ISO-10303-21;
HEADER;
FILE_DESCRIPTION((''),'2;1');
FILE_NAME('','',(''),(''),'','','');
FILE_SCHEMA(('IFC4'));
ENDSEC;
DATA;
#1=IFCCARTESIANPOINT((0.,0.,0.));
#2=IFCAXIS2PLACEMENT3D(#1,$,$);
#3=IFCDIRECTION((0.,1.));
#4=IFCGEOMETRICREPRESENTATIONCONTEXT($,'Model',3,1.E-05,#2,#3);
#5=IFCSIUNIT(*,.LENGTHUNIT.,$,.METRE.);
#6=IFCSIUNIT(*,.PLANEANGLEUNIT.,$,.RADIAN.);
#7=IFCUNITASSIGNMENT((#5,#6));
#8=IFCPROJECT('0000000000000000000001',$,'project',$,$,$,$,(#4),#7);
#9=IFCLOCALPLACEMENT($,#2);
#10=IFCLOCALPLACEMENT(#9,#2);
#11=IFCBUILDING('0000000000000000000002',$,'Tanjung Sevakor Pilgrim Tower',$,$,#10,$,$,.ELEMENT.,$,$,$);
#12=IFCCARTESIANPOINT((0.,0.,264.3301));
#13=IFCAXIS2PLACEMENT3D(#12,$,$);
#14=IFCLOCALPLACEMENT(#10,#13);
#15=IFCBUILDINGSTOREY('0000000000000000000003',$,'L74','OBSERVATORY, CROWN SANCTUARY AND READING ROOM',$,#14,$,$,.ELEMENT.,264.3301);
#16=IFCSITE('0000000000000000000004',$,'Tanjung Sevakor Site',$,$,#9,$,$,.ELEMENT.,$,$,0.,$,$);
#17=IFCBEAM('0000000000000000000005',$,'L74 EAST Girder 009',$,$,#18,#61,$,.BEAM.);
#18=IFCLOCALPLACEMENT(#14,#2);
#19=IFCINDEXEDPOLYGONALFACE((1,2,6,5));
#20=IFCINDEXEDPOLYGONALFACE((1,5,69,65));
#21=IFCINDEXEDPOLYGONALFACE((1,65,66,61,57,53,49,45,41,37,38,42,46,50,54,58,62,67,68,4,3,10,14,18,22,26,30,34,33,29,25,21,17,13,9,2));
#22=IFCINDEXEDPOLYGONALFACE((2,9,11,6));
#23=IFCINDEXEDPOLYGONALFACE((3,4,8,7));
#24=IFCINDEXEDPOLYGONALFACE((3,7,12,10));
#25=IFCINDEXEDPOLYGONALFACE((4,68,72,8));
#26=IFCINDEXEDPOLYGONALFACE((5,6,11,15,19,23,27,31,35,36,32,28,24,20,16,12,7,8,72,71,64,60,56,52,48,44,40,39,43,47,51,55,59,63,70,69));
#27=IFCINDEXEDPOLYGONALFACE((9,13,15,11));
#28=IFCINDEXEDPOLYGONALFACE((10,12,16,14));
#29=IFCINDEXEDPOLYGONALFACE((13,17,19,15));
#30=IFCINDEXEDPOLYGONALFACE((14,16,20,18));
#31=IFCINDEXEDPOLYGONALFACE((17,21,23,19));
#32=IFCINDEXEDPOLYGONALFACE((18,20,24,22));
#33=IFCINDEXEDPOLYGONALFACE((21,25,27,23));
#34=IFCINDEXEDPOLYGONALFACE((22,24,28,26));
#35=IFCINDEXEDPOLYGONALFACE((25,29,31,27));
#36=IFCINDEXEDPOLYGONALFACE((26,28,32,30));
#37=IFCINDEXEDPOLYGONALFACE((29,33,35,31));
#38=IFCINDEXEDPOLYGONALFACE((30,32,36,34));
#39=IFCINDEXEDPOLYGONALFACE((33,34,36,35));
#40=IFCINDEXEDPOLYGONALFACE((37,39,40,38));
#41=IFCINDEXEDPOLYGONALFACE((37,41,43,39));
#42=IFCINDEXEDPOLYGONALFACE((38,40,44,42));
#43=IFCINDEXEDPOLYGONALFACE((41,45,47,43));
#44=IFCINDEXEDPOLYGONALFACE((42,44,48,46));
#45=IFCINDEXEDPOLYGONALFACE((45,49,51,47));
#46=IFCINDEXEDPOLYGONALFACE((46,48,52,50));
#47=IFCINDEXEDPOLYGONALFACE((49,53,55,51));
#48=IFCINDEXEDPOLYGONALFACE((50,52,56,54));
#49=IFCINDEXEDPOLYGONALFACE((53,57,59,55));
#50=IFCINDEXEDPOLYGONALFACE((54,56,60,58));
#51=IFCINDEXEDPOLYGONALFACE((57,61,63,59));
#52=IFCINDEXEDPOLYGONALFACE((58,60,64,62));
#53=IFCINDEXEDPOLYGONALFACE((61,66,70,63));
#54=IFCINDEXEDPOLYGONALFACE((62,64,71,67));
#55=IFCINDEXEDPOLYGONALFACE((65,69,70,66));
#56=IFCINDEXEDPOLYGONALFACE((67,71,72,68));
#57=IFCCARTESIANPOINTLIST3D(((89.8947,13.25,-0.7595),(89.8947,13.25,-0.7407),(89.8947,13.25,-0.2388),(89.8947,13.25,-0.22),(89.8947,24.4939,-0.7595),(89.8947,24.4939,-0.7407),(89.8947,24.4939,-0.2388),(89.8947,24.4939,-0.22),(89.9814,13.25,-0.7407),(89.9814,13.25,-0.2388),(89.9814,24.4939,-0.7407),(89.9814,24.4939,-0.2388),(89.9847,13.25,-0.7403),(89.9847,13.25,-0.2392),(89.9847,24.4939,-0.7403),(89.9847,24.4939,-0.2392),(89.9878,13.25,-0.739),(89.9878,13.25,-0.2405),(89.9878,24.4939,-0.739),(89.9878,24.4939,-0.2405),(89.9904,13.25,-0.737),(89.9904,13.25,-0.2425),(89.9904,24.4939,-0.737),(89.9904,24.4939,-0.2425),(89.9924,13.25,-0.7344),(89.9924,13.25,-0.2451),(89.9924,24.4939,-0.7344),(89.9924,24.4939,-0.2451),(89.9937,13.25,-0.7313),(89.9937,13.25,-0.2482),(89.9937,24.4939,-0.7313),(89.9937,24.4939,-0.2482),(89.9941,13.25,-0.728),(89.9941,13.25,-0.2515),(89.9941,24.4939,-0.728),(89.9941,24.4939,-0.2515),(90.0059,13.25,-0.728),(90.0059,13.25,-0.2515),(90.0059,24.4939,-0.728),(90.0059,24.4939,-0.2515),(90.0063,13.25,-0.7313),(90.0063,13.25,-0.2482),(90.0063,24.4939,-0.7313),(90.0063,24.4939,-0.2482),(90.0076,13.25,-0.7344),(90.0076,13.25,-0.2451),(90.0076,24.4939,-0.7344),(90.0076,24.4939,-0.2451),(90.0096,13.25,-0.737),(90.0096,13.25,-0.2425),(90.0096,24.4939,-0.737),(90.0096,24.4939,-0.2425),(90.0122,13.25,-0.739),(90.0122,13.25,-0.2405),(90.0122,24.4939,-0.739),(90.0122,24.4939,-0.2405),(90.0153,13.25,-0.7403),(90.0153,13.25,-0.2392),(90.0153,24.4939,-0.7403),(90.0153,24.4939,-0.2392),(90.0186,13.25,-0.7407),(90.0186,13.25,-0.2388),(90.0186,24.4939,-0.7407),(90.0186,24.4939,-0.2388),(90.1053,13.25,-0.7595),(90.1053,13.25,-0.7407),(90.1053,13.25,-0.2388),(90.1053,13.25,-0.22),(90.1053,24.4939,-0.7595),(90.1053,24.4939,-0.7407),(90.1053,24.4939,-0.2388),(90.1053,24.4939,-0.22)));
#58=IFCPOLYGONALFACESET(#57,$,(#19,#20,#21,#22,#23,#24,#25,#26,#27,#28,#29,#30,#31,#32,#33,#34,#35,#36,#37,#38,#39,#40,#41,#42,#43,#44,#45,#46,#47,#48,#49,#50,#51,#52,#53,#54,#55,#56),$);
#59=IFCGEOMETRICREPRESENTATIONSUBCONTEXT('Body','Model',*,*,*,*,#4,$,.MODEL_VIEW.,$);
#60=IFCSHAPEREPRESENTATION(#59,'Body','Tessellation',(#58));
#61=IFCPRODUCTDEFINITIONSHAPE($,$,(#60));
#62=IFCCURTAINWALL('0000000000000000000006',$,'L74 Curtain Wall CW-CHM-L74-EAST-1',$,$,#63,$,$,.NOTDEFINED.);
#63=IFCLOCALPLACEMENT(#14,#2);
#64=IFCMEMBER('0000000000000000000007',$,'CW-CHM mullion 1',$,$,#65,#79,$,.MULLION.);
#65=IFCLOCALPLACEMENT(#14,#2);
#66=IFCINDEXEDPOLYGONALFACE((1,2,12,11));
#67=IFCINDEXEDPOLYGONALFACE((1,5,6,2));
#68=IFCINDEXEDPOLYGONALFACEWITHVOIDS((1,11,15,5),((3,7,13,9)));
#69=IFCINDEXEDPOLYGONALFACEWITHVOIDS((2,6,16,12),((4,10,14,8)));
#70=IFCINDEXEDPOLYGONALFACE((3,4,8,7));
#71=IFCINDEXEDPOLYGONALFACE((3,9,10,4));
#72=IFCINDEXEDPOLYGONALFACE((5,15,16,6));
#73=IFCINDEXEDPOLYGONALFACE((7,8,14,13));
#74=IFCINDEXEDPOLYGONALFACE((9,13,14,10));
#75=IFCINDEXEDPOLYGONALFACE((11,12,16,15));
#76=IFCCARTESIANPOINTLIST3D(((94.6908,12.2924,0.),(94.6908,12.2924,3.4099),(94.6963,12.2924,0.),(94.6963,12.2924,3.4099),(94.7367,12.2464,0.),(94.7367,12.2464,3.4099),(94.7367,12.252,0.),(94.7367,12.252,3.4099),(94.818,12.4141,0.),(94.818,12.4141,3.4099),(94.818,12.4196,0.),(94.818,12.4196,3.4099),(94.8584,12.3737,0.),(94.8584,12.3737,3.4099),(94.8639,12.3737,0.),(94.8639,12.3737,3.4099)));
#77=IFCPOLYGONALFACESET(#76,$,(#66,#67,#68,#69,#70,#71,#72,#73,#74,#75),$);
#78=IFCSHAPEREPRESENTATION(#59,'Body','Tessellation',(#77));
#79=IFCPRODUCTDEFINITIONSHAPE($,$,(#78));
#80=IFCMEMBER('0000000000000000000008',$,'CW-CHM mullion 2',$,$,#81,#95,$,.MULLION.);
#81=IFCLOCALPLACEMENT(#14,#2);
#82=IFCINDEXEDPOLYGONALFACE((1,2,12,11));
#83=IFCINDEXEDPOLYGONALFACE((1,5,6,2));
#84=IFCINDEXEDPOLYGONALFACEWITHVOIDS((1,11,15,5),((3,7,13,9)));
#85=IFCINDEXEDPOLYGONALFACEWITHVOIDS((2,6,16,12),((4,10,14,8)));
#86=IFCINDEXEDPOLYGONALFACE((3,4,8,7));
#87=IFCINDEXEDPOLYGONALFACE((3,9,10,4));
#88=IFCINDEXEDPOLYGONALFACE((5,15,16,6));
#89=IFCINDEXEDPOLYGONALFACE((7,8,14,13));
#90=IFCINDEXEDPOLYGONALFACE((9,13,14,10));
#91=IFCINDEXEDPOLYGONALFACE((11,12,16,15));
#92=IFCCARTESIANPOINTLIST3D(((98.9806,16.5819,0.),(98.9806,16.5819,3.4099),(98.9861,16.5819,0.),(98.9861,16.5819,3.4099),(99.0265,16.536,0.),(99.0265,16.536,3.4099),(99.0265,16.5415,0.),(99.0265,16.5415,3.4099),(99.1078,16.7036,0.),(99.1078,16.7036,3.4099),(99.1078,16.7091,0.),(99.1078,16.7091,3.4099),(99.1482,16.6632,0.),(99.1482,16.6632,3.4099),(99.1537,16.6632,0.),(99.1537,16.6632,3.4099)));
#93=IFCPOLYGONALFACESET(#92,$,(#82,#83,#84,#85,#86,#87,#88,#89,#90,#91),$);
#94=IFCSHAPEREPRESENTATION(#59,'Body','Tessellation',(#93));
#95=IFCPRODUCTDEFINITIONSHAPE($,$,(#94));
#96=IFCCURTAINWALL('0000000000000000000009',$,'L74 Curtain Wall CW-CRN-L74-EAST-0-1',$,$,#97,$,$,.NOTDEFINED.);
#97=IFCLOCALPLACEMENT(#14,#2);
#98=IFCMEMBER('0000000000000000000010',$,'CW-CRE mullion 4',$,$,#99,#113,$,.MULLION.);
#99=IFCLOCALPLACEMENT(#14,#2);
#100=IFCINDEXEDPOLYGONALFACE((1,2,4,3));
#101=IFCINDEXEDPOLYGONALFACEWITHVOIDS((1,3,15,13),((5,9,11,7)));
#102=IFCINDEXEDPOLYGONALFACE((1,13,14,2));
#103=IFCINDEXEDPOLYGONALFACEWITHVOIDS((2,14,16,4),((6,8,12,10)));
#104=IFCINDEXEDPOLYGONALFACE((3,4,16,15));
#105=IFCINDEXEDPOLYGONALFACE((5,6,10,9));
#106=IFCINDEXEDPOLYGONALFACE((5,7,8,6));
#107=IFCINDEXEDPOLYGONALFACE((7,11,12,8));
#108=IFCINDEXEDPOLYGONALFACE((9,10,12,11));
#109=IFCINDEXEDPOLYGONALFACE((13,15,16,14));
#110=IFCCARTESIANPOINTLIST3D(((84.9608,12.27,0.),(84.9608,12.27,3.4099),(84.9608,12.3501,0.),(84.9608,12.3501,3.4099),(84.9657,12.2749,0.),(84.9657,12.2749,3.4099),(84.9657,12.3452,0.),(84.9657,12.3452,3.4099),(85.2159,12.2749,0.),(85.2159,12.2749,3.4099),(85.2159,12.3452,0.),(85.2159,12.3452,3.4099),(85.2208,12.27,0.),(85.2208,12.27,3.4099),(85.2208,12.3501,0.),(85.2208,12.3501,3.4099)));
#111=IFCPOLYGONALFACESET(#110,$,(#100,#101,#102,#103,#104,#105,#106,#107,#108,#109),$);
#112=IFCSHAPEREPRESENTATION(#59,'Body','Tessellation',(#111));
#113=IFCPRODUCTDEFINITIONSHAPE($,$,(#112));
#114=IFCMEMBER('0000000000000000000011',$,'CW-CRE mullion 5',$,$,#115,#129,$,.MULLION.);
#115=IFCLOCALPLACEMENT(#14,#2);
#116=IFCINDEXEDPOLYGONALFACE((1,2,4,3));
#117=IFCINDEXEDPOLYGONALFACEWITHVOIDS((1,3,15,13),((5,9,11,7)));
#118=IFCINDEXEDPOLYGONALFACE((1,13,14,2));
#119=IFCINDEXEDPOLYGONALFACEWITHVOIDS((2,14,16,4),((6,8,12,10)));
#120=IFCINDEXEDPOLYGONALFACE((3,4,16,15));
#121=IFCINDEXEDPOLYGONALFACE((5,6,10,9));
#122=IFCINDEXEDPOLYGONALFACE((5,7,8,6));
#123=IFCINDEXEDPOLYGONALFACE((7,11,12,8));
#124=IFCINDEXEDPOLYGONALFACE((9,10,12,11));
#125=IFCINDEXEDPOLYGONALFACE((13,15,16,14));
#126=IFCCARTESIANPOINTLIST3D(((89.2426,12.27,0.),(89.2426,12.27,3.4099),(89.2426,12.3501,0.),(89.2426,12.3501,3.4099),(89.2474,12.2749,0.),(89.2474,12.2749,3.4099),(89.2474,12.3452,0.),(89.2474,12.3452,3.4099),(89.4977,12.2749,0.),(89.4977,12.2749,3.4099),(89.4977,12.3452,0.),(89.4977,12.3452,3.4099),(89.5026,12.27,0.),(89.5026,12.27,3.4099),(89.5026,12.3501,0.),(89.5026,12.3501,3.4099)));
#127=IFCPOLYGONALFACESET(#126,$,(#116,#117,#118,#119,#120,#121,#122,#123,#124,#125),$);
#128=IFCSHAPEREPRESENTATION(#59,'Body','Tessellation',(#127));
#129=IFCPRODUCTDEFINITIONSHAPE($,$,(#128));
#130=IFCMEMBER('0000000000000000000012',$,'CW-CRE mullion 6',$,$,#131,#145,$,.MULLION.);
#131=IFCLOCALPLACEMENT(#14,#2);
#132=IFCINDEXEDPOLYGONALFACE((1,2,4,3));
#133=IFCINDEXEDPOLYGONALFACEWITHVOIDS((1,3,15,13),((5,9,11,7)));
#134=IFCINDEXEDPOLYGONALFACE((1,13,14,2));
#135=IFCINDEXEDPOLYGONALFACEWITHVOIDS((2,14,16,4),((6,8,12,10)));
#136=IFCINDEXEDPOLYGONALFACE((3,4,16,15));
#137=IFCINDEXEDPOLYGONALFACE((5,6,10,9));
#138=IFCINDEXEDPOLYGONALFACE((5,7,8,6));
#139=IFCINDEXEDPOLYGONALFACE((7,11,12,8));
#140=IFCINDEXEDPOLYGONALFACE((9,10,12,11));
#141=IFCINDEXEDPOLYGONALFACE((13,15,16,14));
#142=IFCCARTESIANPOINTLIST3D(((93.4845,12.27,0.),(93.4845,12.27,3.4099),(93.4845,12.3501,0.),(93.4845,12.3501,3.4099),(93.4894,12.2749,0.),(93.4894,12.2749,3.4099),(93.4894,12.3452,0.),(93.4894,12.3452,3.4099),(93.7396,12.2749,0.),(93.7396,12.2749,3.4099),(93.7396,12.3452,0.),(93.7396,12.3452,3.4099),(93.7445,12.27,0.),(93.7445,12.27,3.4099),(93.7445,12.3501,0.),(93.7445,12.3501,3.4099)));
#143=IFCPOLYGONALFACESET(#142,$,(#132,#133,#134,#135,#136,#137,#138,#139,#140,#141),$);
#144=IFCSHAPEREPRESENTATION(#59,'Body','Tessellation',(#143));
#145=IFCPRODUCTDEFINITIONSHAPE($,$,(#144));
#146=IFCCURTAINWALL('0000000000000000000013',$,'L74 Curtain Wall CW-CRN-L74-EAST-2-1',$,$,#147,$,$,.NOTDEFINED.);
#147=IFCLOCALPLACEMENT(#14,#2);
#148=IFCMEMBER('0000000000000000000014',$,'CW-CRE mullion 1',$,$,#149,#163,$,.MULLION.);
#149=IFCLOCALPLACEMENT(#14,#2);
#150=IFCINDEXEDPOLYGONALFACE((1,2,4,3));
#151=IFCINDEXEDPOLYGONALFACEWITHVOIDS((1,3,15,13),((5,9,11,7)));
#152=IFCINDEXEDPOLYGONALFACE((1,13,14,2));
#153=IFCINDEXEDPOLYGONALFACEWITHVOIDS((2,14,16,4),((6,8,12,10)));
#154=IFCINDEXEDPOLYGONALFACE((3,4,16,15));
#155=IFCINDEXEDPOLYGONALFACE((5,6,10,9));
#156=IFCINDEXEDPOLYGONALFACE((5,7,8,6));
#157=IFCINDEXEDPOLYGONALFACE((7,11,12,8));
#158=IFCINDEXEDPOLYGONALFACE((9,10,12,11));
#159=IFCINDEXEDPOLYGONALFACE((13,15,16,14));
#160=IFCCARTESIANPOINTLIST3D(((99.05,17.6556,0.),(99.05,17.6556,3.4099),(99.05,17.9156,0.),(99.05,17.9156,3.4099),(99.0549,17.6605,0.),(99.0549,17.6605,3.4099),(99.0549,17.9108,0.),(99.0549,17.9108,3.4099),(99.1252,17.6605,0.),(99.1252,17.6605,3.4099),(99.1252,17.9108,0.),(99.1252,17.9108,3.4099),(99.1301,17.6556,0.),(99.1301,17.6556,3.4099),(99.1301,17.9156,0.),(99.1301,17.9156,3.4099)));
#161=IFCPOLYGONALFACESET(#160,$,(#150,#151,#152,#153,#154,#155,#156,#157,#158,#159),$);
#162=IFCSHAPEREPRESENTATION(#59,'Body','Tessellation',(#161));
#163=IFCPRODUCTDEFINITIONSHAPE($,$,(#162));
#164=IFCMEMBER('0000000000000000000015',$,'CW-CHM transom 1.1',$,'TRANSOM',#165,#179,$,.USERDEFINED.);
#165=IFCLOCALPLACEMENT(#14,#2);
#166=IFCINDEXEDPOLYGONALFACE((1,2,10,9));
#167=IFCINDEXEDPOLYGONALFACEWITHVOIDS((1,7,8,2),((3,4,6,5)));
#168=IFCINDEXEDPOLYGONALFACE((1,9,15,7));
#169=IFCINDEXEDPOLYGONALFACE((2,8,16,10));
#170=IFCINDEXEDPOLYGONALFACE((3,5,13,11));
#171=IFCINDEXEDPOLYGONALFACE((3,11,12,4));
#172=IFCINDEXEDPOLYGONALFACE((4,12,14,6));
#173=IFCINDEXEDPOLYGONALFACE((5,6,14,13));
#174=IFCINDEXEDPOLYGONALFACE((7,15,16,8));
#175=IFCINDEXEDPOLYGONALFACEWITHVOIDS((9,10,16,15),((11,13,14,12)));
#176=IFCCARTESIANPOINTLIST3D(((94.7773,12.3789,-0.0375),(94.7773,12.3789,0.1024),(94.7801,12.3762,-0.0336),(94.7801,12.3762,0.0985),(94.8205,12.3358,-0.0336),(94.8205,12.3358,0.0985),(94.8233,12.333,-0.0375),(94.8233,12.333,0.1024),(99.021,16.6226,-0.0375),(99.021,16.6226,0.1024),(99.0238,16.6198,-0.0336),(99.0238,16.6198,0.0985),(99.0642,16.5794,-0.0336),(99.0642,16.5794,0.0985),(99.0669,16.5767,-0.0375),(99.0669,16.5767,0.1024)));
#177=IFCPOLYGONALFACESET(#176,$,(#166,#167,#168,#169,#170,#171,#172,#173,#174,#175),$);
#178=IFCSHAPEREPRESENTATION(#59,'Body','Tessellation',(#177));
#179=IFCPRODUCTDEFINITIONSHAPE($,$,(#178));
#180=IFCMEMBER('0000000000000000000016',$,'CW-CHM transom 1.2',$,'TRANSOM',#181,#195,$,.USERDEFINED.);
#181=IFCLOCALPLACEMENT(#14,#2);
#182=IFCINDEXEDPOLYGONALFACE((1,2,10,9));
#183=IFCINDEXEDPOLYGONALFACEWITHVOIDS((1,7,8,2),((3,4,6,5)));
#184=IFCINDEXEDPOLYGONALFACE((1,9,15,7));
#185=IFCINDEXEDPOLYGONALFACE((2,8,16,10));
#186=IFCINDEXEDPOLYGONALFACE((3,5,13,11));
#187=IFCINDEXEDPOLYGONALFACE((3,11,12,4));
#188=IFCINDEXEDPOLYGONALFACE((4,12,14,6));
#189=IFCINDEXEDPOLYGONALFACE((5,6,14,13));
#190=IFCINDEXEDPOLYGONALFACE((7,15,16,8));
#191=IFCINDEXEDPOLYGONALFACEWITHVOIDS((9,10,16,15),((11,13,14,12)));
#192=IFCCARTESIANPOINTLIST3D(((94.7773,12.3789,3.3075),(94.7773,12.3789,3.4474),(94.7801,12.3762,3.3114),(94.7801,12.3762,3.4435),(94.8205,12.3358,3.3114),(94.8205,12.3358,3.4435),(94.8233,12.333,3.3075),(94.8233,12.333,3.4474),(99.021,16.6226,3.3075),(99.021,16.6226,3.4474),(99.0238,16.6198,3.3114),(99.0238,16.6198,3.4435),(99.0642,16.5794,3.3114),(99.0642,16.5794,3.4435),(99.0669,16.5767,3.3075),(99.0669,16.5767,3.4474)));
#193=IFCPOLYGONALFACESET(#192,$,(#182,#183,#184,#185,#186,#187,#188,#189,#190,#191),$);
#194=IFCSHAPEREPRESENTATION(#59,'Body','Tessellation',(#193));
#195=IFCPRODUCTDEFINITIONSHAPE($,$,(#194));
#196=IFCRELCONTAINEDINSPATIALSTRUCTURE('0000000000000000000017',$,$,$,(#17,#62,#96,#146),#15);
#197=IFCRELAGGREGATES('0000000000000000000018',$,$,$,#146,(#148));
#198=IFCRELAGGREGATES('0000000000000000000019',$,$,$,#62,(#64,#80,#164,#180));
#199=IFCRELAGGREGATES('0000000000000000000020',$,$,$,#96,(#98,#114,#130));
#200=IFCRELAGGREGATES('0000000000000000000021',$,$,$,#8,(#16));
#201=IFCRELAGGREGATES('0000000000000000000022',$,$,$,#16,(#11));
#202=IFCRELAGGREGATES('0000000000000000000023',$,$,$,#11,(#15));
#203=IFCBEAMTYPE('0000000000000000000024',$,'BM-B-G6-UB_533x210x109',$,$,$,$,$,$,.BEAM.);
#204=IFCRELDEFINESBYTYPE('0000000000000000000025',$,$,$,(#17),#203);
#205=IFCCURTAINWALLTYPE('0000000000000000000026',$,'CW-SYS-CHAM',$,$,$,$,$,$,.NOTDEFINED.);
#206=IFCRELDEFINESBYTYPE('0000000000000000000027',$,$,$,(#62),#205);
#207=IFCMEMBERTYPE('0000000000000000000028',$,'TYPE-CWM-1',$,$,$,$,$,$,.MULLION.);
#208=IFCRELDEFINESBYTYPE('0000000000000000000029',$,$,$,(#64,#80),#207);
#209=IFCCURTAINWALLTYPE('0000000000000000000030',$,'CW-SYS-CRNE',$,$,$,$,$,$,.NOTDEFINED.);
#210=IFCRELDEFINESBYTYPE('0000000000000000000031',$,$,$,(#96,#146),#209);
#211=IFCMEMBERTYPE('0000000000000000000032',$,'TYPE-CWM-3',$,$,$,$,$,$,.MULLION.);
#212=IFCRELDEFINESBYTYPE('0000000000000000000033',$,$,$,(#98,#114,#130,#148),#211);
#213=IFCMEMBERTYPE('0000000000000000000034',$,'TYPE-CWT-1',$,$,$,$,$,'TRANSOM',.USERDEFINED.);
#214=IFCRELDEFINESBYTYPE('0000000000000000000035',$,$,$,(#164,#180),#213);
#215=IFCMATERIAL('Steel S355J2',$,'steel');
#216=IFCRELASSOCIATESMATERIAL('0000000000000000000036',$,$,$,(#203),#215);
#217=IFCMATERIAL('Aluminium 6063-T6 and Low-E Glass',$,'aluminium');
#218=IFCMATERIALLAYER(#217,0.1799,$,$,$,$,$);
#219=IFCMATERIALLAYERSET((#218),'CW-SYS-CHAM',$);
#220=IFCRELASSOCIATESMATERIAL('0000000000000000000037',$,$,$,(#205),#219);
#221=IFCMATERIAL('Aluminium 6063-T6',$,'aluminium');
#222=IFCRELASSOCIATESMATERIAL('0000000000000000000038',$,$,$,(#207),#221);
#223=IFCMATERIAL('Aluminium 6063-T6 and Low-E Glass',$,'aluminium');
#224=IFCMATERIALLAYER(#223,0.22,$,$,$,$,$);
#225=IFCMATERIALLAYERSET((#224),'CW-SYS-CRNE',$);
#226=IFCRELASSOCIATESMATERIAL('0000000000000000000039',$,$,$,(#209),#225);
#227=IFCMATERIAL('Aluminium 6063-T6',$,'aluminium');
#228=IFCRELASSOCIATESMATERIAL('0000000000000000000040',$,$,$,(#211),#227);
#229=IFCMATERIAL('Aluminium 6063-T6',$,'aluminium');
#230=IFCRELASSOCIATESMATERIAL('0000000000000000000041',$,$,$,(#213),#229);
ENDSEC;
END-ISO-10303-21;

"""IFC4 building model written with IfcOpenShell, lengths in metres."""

from ifc_helpers import new_model, si_unit, direction, frame, origin, origin_2d, place, context, subcontext, project, spatial, hollow_rectangle, i_section, extrude, material, layer, layer_set, material_profile, profile_set, type_object, element, aggregate, save


model = new_model("IFC4")

# Units and contexts
model_context = context("Model", 3, precision=1e-05, world=origin(), true_north=direction((0.0, 1.0)))
body_context = subcontext(model_context, "Body", "Model", "MODEL_VIEW")
ifc_project = project(units=[si_unit("LENGTHUNIT", "METRE"), si_unit("PLANEANGLEUNIT", "RADIAN")], contexts=[model_context])

# Site, building, storey
site_placement = place(None, origin())
site = spatial("IfcSite", under=ifc_project, at=site_placement, Name="Tanjung Sevakor Site", CompositionType="ELEMENT", RefElevation=0.0)
building_placement = place(site_placement, origin())
building = spatial("IfcBuilding", under=site, at=building_placement, Name="Tanjung Sevakor Pilgrim Tower", CompositionType="ELEMENT")
storey_placement = place(building_placement, frame((0.0, 0.0, 264.3301)))
storey = spatial("IfcBuildingStorey", under=building, at=storey_placement, Name="L74", Description="OBSERVATORY, CROWN SANCTUARY AND READING ROOM", CompositionType="ELEMENT", Elevation=264.3301)

# Beam
ifc_material_1 = material(Name="Steel S355J2", Category="steel")
ifc_material_profile_1 = material_profile(ifc_material_1, i_section(OverallWidth=0.2107, OverallDepth=0.5396, WebThickness=0.0117, FlangeThickness=0.0188, FilletRadius=0.0127, at=origin_2d()))
ifc_profile_set_1 = profile_set([ifc_material_profile_1], Name="Steel S355J2")
beam_type_1 = type_object("IfcBeamType", Name="BM-B-G6-UB_533x210x109", PredefinedType="BEAM", material=ifc_profile_set_1)
beam_1_placement = place(storey_placement, frame((90.0, 13.25, -0.4897), z_axis=(0.0, 1.0, 0.0), x_axis=(-1.0, 0.0, 0.0)))
element("IfcBeam", 1, at=beam_1_placement, inside=storey, type_object=beam_type_1, Name="L74 EAST Girder 009", PredefinedType="BEAM", context=body_context, shape_type="SweptSolid", body=[
    extrude(i_section(OverallWidth=0.2107, OverallDepth=0.5396, WebThickness=0.0117, FlangeThickness=0.0188, FilletRadius=0.0127, at=origin_2d()), origin(), (0.0, 0.0, 1.0), 11.2439),
])

# Curtain walls, members
ifc_material_2 = material(Name="Aluminium 6063-T6 and Low-E Glass", Category="aluminium")
ifc_layer_1 = layer(ifc_material_2, 0.1799)
ifc_layer_set_1 = layer_set([ifc_layer_1], Name="CW-SYS-CHAM")
curtain_wall_type_1 = type_object("IfcCurtainWallType", Name="CW-SYS-CHAM", PredefinedType="NOTDEFINED", material=ifc_layer_set_1)
curtain_wall_1_placement = place(storey_placement, origin())
curtain_wall_1 = element("IfcCurtainWall", 2, at=curtain_wall_1_placement, inside=storey, type_object=curtain_wall_type_1, Name="L74 Curtain Wall CW-CHM-L74-EAST-1", PredefinedType="NOTDEFINED")
ifc_material_3 = material(Name="Aluminium 6063-T6", Category="aluminium")
ifc_material_profile_2 = material_profile(ifc_material_3, hollow_rectangle(XDim=0.0649, YDim=0.1799, WallThickness=0.0039, at=origin_2d()))
ifc_profile_set_2 = profile_set([ifc_material_profile_2], Name="Aluminium 6063-T6")
member_type_1 = type_object("IfcMemberType", Name="TYPE-CWM-1", PredefinedType="MULLION", material=ifc_profile_set_2)
member_1_placement = place(storey_placement, frame((94.7773, 12.333, 0.0), z_axis=(0.0, 0.0, 1.0), x_axis=(-0.707107, 0.707107, 0.0)))
member_1 = element("IfcMember", 3, at=member_1_placement, type_object=member_type_1, Name="CW-CHM mullion 1", PredefinedType="MULLION", context=body_context, shape_type="SweptSolid", body=[
    extrude(hollow_rectangle(XDim=0.0649, YDim=0.1799, WallThickness=0.0039, at=origin_2d()), origin(), (0.0, 0.0, 1.0), 3.4099),
])
member_2_placement = place(storey_placement, frame((99.0671, 16.6226, 0.0), z_axis=(0.0, 0.0, 1.0), x_axis=(-0.707107, 0.707107, 0.0)))
member_2 = element("IfcMember", 4, at=member_2_placement, type_object=member_type_1, Name="CW-CHM mullion 2", PredefinedType="MULLION", context=body_context, shape_type="SweptSolid", body=[
    extrude(hollow_rectangle(XDim=0.0649, YDim=0.1799, WallThickness=0.0039, at=origin_2d()), origin(), (0.0, 0.0, 1.0), 3.4099),
])
ifc_material_4 = material(Name="Aluminium 6063-T6 and Low-E Glass", Category="aluminium")
ifc_layer_2 = layer(ifc_material_4, 0.22)
ifc_layer_set_2 = layer_set([ifc_layer_2], Name="CW-SYS-CRNE")
curtain_wall_type_2 = type_object("IfcCurtainWallType", Name="CW-SYS-CRNE", PredefinedType="NOTDEFINED", material=ifc_layer_set_2)
curtain_wall_2_placement = place(storey_placement, origin())
curtain_wall_2 = element("IfcCurtainWall", 5, at=curtain_wall_2_placement, inside=storey, type_object=curtain_wall_type_2, Name="L74 Curtain Wall CW-CRN-L74-EAST-0-1", PredefinedType="NOTDEFINED")
ifc_material_5 = material(Name="Aluminium 6063-T6", Category="aluminium")
ifc_material_profile_3 = material_profile(ifc_material_5, hollow_rectangle(XDim=0.0801, YDim=0.26, WallThickness=0.0049, at=origin_2d()))
ifc_profile_set_3 = profile_set([ifc_material_profile_3], Name="Aluminium 6063-T6")
member_type_2 = type_object("IfcMemberType", Name="TYPE-CWM-3", PredefinedType="MULLION", material=ifc_profile_set_3)
member_3_placement = place(storey_placement, frame((85.0908, 12.3101, 0.0), z_axis=(0.0, 0.0, 1.0), x_axis=(0.0, 1.0, 0.0)))
member_3 = element("IfcMember", 6, at=member_3_placement, type_object=member_type_2, Name="CW-CRE mullion 4", PredefinedType="MULLION", context=body_context, shape_type="SweptSolid", body=[
    extrude(hollow_rectangle(XDim=0.0801, YDim=0.26, WallThickness=0.0049, at=origin_2d()), origin(), (0.0, 0.0, 1.0), 3.4099),
])
member_4_placement = place(storey_placement, frame((89.3726, 12.3101, 0.0), z_axis=(0.0, 0.0, 1.0), x_axis=(0.0, 1.0, 0.0)))
member_4 = element("IfcMember", 7, at=member_4_placement, type_object=member_type_2, Name="CW-CRE mullion 5", PredefinedType="MULLION", context=body_context, shape_type="SweptSolid", body=[
    extrude(hollow_rectangle(XDim=0.0801, YDim=0.26, WallThickness=0.0049, at=origin_2d()), origin(), (0.0, 0.0, 1.0), 3.4099),
])
member_5_placement = place(storey_placement, frame((93.6145, 12.3101, 0.0), z_axis=(0.0, 0.0, 1.0), x_axis=(0.0, 1.0, 0.0)))
member_5 = element("IfcMember", 8, at=member_5_placement, type_object=member_type_2, Name="CW-CRE mullion 6", PredefinedType="MULLION", context=body_context, shape_type="SweptSolid", body=[
    extrude(hollow_rectangle(XDim=0.0801, YDim=0.26, WallThickness=0.0049, at=origin_2d()), origin(), (0.0, 0.0, 1.0), 3.4099),
])

# Curtain wall, member
curtain_wall_3_placement = place(storey_placement, origin())
curtain_wall_3 = element("IfcCurtainWall", 9, at=curtain_wall_3_placement, inside=storey, type_object=curtain_wall_type_2, Name="L74 Curtain Wall CW-CRN-L74-EAST-2-1", PredefinedType="NOTDEFINED")
member_6_placement = place(storey_placement, frame((99.0901, 17.7856, 0.0), z_axis=(0.0, 0.0, 1.0), x_axis=(-1.0, 0.0, 0.0)))
member_6 = element("IfcMember", 10, at=member_6_placement, type_object=member_type_2, Name="CW-CRE mullion 1", PredefinedType="MULLION", context=body_context, shape_type="SweptSolid", body=[
    extrude(hollow_rectangle(XDim=0.0801, YDim=0.26, WallThickness=0.0049, at=origin_2d()), origin(), (0.0, 0.0, 1.0), 3.4099),
])

# Members
ifc_material_6 = material(Name="Aluminium 6063-T6", Category="aluminium")
ifc_material_profile_4 = material_profile(ifc_material_6, hollow_rectangle(XDim=0.0649, YDim=0.1399, WallThickness=0.0039, at=origin_2d()))
ifc_profile_set_4 = profile_set([ifc_material_profile_4], Name="Aluminium 6063-T6")
member_type_3 = type_object("IfcMemberType", Name="TYPE-CWT-1", ElementType="TRANSOM", PredefinedType="USERDEFINED", material=ifc_profile_set_4)
member_7_placement = place(storey_placement, frame((94.8003, 12.356, 0.0325), z_axis=(0.707107, 0.707107, 0.0), x_axis=(-0.707107, 0.707107, 0.0)))
member_7 = element("IfcMember", 11, at=member_7_placement, type_object=member_type_3, Name="CW-CHM transom 1.1", ObjectType="TRANSOM", PredefinedType="USERDEFINED", context=body_context, shape_type="SweptSolid", body=[
    extrude(hollow_rectangle(XDim=0.0649, YDim=0.1399, WallThickness=0.0039, at=origin_2d()), origin(), (0.0, 0.0, 1.0), 6.0015),
])
member_8_placement = place(storey_placement, frame((94.8003, 12.356, 3.3774), z_axis=(0.707107, 0.707107, 0.0), x_axis=(-0.707107, 0.707107, 0.0)))
member_8 = element("IfcMember", 12, at=member_8_placement, type_object=member_type_3, Name="CW-CHM transom 1.2", ObjectType="TRANSOM", PredefinedType="USERDEFINED", context=body_context, shape_type="SweptSolid", body=[
    extrude(hollow_rectangle(XDim=0.0649, YDim=0.1399, WallThickness=0.0039, at=origin_2d()), origin(), (0.0, 0.0, 1.0), 6.0015),
])
aggregate(curtain_wall_3, [member_6])

aggregate(curtain_wall_1, [member_1, member_2, member_7, member_8])
aggregate(curtain_wall_2, [member_3, member_4, member_5])

save(model, "model.ifc")
